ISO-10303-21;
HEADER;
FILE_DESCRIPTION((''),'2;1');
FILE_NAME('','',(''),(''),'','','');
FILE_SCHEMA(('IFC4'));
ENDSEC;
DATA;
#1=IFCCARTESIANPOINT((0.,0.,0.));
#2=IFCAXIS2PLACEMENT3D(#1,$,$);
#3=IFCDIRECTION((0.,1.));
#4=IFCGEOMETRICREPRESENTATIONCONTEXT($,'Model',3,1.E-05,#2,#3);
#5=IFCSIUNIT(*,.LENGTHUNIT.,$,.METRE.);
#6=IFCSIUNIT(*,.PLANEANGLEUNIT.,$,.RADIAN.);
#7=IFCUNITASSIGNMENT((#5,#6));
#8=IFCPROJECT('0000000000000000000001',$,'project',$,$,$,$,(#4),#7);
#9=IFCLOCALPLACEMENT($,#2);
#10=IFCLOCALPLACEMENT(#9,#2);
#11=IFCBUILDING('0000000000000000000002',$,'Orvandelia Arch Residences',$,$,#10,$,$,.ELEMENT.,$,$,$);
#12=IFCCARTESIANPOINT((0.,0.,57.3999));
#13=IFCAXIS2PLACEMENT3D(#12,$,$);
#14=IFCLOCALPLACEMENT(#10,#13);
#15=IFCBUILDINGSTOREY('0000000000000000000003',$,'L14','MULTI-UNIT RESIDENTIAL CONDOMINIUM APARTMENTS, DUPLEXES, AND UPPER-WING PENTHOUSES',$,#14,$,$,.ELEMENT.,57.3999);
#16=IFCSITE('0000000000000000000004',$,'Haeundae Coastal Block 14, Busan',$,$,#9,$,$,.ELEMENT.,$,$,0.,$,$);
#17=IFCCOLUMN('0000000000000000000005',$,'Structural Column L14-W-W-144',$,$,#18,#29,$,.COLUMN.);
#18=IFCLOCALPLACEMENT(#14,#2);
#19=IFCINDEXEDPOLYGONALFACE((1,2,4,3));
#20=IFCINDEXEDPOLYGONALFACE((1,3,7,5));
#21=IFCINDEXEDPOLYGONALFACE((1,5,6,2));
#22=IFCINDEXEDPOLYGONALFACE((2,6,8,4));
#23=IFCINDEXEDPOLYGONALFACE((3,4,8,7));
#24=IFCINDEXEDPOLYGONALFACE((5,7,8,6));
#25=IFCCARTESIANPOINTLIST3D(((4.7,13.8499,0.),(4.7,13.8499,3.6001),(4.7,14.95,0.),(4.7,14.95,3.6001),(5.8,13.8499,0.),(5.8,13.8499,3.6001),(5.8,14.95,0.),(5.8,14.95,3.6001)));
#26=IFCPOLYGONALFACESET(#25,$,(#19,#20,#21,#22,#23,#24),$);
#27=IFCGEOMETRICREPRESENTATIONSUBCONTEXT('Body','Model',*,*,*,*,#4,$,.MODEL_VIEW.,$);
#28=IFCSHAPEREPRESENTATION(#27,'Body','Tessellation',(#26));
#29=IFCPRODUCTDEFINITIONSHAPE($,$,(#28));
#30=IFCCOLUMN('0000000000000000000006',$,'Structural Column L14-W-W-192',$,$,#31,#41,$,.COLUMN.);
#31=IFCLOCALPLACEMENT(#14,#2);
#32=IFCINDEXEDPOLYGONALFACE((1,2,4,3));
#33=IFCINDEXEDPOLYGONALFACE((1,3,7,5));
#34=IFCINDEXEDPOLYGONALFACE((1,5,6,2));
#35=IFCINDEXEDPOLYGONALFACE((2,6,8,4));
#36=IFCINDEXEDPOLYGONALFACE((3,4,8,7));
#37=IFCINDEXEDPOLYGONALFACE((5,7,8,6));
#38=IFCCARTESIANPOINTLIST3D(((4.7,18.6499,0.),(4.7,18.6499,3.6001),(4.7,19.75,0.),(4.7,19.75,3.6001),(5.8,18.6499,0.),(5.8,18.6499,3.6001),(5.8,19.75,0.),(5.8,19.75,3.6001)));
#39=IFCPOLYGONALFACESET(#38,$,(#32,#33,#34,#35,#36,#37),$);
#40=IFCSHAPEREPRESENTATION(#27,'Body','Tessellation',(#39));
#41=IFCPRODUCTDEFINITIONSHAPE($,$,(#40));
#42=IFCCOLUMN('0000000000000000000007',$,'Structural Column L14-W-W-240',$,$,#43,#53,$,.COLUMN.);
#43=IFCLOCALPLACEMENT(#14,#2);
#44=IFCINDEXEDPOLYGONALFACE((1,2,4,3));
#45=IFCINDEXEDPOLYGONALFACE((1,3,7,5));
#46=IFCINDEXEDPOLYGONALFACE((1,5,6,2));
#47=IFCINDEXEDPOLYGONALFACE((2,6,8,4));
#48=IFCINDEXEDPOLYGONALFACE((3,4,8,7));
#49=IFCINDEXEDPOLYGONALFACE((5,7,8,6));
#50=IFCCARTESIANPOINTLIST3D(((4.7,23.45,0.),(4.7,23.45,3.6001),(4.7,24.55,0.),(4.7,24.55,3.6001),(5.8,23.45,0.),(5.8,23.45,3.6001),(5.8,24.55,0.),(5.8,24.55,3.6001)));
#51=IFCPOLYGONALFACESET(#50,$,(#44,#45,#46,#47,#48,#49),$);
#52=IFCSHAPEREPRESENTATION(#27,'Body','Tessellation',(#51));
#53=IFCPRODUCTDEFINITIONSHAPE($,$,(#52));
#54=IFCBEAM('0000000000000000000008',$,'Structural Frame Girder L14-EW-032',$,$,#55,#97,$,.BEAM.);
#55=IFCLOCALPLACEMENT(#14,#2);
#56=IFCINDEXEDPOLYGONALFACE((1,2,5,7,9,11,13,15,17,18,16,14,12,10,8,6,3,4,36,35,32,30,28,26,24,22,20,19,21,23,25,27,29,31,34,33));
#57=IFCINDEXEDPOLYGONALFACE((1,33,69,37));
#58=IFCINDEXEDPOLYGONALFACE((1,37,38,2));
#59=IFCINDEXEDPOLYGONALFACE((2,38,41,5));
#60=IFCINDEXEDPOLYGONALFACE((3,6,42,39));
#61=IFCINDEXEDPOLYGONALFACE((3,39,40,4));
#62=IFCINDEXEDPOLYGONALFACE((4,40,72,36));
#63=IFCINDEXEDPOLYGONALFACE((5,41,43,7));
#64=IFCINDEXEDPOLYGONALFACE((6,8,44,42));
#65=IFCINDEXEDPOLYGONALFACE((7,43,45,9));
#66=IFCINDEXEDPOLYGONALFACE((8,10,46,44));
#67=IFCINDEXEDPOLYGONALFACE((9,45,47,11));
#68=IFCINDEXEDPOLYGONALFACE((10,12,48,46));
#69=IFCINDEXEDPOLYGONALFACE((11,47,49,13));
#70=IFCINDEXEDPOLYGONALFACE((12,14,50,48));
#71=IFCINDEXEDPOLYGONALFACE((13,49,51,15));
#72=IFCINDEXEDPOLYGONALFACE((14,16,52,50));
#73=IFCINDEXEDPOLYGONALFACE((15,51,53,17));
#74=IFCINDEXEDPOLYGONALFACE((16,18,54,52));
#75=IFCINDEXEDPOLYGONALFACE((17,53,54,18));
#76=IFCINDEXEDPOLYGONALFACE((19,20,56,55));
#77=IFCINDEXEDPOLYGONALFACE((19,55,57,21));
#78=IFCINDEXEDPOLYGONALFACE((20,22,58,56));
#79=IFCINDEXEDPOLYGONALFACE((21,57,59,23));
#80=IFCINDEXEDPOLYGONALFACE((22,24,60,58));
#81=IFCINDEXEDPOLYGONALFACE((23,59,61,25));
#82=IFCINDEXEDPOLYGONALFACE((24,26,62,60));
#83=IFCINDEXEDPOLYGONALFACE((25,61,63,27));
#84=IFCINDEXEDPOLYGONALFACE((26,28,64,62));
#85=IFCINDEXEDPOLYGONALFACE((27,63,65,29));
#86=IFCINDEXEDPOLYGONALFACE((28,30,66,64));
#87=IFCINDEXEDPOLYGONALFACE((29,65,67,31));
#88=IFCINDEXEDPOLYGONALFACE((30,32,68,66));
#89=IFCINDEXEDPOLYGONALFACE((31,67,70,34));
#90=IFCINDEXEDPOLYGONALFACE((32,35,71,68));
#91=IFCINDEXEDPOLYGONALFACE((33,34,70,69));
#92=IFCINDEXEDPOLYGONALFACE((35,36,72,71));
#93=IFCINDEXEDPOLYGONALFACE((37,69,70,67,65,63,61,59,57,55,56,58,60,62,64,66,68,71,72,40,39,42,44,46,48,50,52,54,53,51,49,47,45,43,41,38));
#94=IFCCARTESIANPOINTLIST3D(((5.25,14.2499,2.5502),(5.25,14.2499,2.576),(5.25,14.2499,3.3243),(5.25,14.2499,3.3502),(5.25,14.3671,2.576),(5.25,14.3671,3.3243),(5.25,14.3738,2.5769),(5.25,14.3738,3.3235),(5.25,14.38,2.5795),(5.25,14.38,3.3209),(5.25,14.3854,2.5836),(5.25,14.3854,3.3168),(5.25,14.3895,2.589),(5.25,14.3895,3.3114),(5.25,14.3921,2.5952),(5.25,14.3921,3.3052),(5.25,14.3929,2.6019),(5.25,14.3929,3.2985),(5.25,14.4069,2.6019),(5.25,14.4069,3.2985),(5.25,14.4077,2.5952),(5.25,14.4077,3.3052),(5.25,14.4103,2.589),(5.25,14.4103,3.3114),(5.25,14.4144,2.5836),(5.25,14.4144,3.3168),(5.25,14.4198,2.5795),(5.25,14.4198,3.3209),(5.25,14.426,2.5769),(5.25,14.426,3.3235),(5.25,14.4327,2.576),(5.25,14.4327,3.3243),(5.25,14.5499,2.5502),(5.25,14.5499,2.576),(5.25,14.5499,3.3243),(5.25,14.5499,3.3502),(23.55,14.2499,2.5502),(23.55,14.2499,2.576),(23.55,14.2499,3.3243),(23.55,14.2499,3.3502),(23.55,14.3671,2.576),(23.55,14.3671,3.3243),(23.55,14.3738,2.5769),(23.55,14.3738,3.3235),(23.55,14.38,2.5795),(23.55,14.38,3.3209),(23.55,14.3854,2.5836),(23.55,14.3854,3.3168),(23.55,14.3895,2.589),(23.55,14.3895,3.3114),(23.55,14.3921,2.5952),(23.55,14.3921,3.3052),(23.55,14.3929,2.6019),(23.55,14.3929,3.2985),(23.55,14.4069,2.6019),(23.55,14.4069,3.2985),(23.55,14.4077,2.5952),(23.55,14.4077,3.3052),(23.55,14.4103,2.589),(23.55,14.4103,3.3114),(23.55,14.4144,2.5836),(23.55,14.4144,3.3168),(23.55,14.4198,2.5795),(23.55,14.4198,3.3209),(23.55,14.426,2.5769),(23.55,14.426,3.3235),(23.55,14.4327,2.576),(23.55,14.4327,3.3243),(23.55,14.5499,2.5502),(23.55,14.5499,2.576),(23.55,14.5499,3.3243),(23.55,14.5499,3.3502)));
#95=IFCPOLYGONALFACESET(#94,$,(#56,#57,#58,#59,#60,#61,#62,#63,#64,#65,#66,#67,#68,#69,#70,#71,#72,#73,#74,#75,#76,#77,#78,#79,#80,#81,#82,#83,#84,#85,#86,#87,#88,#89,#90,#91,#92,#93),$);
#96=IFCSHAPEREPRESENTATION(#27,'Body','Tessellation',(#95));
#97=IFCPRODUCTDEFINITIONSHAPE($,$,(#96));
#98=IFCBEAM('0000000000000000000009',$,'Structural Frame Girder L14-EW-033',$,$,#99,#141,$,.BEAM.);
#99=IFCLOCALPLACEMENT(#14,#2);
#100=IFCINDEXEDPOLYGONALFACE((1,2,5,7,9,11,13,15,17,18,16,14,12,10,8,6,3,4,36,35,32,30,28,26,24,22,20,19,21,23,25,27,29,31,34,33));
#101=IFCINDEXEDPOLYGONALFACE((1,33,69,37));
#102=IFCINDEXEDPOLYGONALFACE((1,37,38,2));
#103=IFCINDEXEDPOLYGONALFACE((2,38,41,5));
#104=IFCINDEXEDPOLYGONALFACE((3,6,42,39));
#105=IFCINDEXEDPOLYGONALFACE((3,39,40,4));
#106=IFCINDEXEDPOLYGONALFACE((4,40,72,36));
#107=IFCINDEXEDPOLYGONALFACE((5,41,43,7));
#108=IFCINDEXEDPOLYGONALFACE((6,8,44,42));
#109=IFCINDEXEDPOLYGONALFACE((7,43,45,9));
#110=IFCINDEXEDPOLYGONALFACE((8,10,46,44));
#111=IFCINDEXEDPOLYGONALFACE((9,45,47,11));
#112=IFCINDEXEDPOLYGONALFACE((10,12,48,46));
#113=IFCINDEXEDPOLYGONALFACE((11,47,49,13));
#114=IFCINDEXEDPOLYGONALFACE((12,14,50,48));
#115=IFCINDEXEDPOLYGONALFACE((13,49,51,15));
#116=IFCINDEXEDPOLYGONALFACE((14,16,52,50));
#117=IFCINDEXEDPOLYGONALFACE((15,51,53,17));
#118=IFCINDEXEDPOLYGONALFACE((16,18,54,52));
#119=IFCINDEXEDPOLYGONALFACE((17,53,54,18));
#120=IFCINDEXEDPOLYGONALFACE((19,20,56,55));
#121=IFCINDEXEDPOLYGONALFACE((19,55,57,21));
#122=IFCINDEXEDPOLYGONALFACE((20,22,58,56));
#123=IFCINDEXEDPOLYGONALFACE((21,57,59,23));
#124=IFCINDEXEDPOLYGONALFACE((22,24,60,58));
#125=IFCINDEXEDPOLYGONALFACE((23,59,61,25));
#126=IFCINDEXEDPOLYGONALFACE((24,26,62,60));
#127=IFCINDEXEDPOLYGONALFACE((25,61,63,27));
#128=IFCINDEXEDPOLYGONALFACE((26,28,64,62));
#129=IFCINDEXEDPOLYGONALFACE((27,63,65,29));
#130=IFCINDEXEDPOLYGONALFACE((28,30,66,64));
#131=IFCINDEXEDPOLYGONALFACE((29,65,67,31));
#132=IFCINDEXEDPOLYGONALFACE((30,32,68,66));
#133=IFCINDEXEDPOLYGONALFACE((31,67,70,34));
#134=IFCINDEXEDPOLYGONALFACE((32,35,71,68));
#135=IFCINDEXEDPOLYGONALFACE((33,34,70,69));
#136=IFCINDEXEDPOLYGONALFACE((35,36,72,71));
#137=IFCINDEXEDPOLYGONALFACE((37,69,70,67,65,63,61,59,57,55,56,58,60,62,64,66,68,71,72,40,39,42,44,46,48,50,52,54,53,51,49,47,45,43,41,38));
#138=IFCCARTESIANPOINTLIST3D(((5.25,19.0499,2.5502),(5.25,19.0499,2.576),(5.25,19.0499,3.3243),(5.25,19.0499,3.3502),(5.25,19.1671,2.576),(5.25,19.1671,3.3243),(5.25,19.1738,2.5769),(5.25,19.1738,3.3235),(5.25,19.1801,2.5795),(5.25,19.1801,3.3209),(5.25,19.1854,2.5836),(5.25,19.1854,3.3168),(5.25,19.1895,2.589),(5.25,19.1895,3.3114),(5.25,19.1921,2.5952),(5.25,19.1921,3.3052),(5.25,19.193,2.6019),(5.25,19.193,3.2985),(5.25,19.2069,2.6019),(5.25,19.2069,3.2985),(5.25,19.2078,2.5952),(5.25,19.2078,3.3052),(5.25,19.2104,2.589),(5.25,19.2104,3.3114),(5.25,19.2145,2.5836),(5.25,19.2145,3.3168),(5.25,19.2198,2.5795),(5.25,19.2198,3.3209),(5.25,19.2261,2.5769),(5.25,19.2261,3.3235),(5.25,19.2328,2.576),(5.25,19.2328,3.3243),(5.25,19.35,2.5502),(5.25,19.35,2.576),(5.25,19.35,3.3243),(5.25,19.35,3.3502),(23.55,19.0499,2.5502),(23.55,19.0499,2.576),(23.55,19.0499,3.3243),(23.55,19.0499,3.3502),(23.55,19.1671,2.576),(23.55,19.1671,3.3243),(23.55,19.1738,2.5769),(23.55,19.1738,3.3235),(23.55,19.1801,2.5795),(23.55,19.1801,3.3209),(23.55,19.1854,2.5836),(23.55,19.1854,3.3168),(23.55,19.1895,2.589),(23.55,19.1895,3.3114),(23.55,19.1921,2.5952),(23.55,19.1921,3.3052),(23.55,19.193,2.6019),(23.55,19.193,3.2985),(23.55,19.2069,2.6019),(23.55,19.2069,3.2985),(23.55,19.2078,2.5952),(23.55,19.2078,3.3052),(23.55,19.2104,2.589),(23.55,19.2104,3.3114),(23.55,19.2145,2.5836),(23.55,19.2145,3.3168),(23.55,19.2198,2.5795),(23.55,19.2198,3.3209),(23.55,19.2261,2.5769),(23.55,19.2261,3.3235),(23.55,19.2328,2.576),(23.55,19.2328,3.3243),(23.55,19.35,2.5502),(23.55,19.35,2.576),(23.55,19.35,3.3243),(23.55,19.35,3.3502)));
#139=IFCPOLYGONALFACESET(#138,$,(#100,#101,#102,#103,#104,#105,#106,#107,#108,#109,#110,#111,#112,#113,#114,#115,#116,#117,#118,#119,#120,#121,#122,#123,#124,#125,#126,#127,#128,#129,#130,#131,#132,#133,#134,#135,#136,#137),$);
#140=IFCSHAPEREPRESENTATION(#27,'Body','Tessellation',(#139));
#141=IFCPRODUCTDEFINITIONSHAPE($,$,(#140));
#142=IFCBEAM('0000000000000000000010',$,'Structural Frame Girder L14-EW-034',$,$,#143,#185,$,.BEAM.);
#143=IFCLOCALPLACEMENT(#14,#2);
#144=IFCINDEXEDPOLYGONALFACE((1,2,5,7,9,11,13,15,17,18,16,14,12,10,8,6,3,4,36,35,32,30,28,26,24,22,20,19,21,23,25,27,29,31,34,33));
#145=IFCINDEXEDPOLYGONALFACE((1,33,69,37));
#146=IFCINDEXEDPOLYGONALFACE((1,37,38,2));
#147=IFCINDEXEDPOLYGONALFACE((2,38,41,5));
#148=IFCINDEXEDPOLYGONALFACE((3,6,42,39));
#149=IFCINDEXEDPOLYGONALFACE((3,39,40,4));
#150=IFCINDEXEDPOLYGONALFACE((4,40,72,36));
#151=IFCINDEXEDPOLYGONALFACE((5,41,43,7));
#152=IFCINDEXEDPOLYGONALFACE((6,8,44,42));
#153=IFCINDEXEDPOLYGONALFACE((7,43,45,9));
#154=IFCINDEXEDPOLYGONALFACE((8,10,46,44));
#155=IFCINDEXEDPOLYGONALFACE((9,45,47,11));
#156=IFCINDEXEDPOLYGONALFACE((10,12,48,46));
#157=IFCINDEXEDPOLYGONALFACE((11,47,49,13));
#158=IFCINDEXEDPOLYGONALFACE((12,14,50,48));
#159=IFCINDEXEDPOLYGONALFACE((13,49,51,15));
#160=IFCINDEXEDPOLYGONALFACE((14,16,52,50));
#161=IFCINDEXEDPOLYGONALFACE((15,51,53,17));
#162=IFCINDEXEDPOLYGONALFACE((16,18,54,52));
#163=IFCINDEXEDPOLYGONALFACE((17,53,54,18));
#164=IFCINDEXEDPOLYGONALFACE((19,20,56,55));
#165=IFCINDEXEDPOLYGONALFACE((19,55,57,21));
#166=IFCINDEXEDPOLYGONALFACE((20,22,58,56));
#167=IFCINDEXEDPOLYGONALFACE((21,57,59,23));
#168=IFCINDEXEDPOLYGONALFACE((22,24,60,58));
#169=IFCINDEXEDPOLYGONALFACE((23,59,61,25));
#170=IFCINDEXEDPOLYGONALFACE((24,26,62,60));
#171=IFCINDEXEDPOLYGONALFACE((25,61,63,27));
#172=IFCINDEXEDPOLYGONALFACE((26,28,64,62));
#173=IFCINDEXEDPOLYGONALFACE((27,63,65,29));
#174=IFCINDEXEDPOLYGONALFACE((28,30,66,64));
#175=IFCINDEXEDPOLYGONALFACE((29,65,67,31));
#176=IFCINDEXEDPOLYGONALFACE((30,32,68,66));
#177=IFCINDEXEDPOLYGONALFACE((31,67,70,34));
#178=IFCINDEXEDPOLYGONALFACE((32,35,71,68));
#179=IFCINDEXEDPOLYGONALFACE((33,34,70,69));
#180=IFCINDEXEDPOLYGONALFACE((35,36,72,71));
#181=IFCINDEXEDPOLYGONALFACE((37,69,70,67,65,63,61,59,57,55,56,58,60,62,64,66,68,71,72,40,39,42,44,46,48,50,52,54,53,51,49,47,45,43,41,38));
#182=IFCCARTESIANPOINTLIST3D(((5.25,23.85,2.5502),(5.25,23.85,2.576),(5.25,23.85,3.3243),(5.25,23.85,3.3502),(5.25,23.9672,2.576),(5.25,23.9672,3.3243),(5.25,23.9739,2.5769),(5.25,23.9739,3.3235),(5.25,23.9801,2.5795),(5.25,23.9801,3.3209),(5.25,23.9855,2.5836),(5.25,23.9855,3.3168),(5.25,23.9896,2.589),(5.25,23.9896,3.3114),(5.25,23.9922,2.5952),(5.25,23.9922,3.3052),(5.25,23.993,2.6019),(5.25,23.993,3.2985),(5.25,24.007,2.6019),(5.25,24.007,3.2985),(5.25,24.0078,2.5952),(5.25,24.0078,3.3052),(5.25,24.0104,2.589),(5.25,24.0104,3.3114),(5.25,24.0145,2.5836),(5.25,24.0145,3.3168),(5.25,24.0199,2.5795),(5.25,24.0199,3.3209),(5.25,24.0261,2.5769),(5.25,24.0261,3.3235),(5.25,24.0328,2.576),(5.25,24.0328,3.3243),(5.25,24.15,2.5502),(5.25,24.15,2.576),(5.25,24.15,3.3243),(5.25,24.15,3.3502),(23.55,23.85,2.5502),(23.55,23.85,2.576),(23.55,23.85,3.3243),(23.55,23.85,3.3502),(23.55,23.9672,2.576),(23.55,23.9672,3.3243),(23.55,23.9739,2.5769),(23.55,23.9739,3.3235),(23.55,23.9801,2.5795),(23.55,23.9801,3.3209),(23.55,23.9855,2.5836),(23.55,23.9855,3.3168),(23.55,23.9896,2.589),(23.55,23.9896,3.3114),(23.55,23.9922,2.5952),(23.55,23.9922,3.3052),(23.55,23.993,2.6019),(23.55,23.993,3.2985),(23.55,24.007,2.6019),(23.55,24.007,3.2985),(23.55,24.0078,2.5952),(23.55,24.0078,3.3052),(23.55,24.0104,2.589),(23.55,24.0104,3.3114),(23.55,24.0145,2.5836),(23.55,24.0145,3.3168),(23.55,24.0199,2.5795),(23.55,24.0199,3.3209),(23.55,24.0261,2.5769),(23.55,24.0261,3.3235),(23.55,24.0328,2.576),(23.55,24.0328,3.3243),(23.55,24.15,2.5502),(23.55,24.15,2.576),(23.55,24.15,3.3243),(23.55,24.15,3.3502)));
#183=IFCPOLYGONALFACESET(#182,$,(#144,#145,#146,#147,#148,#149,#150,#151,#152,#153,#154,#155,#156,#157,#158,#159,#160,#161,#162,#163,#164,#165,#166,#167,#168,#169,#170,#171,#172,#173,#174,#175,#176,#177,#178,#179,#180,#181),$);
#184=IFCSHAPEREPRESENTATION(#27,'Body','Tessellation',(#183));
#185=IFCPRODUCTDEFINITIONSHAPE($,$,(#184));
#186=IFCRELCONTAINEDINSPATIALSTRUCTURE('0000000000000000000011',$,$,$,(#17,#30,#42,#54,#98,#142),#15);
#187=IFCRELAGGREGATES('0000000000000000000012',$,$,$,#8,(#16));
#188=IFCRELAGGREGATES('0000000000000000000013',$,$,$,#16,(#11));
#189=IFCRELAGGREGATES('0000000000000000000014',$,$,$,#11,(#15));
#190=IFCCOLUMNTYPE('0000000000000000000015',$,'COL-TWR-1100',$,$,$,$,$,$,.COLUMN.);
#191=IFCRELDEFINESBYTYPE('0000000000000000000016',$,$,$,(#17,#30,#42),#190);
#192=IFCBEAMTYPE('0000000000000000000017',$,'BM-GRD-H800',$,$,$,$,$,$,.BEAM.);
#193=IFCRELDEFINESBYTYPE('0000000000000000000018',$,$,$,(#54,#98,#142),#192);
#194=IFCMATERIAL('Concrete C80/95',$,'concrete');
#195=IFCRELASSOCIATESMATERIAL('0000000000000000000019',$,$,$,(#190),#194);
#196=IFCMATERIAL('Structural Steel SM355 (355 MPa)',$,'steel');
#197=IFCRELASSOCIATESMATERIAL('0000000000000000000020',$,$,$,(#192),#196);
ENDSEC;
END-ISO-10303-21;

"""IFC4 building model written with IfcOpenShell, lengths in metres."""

from ifc_helpers import new_model, si_unit, direction, frame, origin, origin_2d, place, context, subcontext, project, spatial, rectangle, i_section, extrude, material, material_profile, profile_set, type_object, element, save


model = new_model("IFC4")

# Units and contexts
model_context = context("Model", 3, precision=1e-05, world=origin(), true_north=direction((0.0, 1.0)))
body_context = subcontext(model_context, "Body", "Model", "MODEL_VIEW")
ifc_project = project(units=[si_unit("LENGTHUNIT", "METRE"), si_unit("PLANEANGLEUNIT", "RADIAN")], contexts=[model_context])

# Site, building, storey
site_placement = place(None, origin())
site = spatial("IfcSite", under=ifc_project, at=site_placement, Name="Haeundae Coastal Block 14, Busan", CompositionType="ELEMENT", RefElevation=0.0)
building_placement = place(site_placement, origin())
building = spatial("IfcBuilding", under=site, at=building_placement, Name="Orvandelia Arch Residences", CompositionType="ELEMENT")
storey_placement = place(building_placement, frame((0.0, 0.0, 57.3999)))
storey = spatial("IfcBuildingStorey", under=building, at=storey_placement, Name="L14", Description="MULTI-UNIT RESIDENTIAL CONDOMINIUM APARTMENTS, DUPLEXES, AND UPPER-WING PENTHOUSES", CompositionType="ELEMENT", Elevation=57.3999)

# Columns
ifc_material_1 = material(Name="Concrete C80/95", Category="concrete")
ifc_material_profile_1 = material_profile(ifc_material_1, rectangle(XDim=1.1001, YDim=1.1001, at=origin_2d()), Name="Concrete C80/95", Category="concrete")
ifc_profile_set_1 = profile_set([ifc_material_profile_1], Name="Concrete C80/95")
column_type = type_object("IfcColumnType", Name="COL-TWR-1100", PredefinedType="COLUMN", material=ifc_profile_set_1)
for number, where, z_axis, x_axis, name in (
    (1, (5.25, 14.3999, 0.0), (0.0, 0.0, 1.0), (1.0, 0.0, 0.0), "Structural Column L14-W-W-144"),
    (2, (5.25, 19.2, 0.0), (0.0, 0.0, 1.0), (1.0, 0.0, 0.0), "Structural Column L14-W-W-192"),
    (3, (5.25, 24.0, 0.0), (0.0, 0.0, 1.0), (1.0, 0.0, 0.0), "Structural Column L14-W-W-240"),
):
    element("IfcColumn", number, at=place(storey_placement, frame(where, z_axis=z_axis, x_axis=x_axis)), inside=storey, type_object=column_type, Name=name, PredefinedType="COLUMN", context=body_context, shape_type="SweptSolid", body=[
        extrude(rectangle(XDim=1.1001, YDim=1.1001, at=origin_2d()), origin(), (0.0, 0.0, 1.0), 3.6001),
    ])

# Beams
ifc_material_2 = material(Name="Structural Steel SM355 (355 MPa)", Category="steel")
ifc_material_profile_2 = material_profile(ifc_material_2, i_section(OverallWidth=0.3, OverallDepth=0.8, WebThickness=0.0139, FlangeThickness=0.0259, FilletRadius=0.0259, at=origin_2d()), Name="Structural Steel SM355 (355 MPa)", Category="steel")
ifc_profile_set_2 = profile_set([ifc_material_profile_2], Name="Structural Steel SM355 (355 MPa)")
beam_type_1 = type_object("IfcBeamType", Name="BM-GRD-H800", PredefinedType="BEAM", material=ifc_profile_set_2)
for number, where, z_axis, x_axis, name in (
    (4, (5.25, 14.3999, 2.9502), (1.0, 0.0, 0.0), (0.0, 1.0, 0.0), "Structural Frame Girder L14-EW-032"),
    (5, (5.25, 19.2, 2.9502), (1.0, 0.0, 0.0), (0.0, 1.0, 0.0), "Structural Frame Girder L14-EW-033"),
    (6, (5.25, 24.0, 2.9502), (1.0, 0.0, 0.0), (0.0, 1.0, 0.0), "Structural Frame Girder L14-EW-034"),
):
    element("IfcBeam", number, at=place(storey_placement, frame(where, z_axis=z_axis, x_axis=x_axis)), inside=storey, type_object=beam_type_1, Name=name, PredefinedType="BEAM", context=body_context, shape_type="SweptSolid", body=[
        extrude(i_section(OverallWidth=0.3, OverallDepth=0.8, WebThickness=0.0139, FlangeThickness=0.0259, FilletRadius=0.0259, at=origin_2d()), origin(), (0.0, 0.0, 1.0), 18.3),
    ])

save(model, "model.ifc")
